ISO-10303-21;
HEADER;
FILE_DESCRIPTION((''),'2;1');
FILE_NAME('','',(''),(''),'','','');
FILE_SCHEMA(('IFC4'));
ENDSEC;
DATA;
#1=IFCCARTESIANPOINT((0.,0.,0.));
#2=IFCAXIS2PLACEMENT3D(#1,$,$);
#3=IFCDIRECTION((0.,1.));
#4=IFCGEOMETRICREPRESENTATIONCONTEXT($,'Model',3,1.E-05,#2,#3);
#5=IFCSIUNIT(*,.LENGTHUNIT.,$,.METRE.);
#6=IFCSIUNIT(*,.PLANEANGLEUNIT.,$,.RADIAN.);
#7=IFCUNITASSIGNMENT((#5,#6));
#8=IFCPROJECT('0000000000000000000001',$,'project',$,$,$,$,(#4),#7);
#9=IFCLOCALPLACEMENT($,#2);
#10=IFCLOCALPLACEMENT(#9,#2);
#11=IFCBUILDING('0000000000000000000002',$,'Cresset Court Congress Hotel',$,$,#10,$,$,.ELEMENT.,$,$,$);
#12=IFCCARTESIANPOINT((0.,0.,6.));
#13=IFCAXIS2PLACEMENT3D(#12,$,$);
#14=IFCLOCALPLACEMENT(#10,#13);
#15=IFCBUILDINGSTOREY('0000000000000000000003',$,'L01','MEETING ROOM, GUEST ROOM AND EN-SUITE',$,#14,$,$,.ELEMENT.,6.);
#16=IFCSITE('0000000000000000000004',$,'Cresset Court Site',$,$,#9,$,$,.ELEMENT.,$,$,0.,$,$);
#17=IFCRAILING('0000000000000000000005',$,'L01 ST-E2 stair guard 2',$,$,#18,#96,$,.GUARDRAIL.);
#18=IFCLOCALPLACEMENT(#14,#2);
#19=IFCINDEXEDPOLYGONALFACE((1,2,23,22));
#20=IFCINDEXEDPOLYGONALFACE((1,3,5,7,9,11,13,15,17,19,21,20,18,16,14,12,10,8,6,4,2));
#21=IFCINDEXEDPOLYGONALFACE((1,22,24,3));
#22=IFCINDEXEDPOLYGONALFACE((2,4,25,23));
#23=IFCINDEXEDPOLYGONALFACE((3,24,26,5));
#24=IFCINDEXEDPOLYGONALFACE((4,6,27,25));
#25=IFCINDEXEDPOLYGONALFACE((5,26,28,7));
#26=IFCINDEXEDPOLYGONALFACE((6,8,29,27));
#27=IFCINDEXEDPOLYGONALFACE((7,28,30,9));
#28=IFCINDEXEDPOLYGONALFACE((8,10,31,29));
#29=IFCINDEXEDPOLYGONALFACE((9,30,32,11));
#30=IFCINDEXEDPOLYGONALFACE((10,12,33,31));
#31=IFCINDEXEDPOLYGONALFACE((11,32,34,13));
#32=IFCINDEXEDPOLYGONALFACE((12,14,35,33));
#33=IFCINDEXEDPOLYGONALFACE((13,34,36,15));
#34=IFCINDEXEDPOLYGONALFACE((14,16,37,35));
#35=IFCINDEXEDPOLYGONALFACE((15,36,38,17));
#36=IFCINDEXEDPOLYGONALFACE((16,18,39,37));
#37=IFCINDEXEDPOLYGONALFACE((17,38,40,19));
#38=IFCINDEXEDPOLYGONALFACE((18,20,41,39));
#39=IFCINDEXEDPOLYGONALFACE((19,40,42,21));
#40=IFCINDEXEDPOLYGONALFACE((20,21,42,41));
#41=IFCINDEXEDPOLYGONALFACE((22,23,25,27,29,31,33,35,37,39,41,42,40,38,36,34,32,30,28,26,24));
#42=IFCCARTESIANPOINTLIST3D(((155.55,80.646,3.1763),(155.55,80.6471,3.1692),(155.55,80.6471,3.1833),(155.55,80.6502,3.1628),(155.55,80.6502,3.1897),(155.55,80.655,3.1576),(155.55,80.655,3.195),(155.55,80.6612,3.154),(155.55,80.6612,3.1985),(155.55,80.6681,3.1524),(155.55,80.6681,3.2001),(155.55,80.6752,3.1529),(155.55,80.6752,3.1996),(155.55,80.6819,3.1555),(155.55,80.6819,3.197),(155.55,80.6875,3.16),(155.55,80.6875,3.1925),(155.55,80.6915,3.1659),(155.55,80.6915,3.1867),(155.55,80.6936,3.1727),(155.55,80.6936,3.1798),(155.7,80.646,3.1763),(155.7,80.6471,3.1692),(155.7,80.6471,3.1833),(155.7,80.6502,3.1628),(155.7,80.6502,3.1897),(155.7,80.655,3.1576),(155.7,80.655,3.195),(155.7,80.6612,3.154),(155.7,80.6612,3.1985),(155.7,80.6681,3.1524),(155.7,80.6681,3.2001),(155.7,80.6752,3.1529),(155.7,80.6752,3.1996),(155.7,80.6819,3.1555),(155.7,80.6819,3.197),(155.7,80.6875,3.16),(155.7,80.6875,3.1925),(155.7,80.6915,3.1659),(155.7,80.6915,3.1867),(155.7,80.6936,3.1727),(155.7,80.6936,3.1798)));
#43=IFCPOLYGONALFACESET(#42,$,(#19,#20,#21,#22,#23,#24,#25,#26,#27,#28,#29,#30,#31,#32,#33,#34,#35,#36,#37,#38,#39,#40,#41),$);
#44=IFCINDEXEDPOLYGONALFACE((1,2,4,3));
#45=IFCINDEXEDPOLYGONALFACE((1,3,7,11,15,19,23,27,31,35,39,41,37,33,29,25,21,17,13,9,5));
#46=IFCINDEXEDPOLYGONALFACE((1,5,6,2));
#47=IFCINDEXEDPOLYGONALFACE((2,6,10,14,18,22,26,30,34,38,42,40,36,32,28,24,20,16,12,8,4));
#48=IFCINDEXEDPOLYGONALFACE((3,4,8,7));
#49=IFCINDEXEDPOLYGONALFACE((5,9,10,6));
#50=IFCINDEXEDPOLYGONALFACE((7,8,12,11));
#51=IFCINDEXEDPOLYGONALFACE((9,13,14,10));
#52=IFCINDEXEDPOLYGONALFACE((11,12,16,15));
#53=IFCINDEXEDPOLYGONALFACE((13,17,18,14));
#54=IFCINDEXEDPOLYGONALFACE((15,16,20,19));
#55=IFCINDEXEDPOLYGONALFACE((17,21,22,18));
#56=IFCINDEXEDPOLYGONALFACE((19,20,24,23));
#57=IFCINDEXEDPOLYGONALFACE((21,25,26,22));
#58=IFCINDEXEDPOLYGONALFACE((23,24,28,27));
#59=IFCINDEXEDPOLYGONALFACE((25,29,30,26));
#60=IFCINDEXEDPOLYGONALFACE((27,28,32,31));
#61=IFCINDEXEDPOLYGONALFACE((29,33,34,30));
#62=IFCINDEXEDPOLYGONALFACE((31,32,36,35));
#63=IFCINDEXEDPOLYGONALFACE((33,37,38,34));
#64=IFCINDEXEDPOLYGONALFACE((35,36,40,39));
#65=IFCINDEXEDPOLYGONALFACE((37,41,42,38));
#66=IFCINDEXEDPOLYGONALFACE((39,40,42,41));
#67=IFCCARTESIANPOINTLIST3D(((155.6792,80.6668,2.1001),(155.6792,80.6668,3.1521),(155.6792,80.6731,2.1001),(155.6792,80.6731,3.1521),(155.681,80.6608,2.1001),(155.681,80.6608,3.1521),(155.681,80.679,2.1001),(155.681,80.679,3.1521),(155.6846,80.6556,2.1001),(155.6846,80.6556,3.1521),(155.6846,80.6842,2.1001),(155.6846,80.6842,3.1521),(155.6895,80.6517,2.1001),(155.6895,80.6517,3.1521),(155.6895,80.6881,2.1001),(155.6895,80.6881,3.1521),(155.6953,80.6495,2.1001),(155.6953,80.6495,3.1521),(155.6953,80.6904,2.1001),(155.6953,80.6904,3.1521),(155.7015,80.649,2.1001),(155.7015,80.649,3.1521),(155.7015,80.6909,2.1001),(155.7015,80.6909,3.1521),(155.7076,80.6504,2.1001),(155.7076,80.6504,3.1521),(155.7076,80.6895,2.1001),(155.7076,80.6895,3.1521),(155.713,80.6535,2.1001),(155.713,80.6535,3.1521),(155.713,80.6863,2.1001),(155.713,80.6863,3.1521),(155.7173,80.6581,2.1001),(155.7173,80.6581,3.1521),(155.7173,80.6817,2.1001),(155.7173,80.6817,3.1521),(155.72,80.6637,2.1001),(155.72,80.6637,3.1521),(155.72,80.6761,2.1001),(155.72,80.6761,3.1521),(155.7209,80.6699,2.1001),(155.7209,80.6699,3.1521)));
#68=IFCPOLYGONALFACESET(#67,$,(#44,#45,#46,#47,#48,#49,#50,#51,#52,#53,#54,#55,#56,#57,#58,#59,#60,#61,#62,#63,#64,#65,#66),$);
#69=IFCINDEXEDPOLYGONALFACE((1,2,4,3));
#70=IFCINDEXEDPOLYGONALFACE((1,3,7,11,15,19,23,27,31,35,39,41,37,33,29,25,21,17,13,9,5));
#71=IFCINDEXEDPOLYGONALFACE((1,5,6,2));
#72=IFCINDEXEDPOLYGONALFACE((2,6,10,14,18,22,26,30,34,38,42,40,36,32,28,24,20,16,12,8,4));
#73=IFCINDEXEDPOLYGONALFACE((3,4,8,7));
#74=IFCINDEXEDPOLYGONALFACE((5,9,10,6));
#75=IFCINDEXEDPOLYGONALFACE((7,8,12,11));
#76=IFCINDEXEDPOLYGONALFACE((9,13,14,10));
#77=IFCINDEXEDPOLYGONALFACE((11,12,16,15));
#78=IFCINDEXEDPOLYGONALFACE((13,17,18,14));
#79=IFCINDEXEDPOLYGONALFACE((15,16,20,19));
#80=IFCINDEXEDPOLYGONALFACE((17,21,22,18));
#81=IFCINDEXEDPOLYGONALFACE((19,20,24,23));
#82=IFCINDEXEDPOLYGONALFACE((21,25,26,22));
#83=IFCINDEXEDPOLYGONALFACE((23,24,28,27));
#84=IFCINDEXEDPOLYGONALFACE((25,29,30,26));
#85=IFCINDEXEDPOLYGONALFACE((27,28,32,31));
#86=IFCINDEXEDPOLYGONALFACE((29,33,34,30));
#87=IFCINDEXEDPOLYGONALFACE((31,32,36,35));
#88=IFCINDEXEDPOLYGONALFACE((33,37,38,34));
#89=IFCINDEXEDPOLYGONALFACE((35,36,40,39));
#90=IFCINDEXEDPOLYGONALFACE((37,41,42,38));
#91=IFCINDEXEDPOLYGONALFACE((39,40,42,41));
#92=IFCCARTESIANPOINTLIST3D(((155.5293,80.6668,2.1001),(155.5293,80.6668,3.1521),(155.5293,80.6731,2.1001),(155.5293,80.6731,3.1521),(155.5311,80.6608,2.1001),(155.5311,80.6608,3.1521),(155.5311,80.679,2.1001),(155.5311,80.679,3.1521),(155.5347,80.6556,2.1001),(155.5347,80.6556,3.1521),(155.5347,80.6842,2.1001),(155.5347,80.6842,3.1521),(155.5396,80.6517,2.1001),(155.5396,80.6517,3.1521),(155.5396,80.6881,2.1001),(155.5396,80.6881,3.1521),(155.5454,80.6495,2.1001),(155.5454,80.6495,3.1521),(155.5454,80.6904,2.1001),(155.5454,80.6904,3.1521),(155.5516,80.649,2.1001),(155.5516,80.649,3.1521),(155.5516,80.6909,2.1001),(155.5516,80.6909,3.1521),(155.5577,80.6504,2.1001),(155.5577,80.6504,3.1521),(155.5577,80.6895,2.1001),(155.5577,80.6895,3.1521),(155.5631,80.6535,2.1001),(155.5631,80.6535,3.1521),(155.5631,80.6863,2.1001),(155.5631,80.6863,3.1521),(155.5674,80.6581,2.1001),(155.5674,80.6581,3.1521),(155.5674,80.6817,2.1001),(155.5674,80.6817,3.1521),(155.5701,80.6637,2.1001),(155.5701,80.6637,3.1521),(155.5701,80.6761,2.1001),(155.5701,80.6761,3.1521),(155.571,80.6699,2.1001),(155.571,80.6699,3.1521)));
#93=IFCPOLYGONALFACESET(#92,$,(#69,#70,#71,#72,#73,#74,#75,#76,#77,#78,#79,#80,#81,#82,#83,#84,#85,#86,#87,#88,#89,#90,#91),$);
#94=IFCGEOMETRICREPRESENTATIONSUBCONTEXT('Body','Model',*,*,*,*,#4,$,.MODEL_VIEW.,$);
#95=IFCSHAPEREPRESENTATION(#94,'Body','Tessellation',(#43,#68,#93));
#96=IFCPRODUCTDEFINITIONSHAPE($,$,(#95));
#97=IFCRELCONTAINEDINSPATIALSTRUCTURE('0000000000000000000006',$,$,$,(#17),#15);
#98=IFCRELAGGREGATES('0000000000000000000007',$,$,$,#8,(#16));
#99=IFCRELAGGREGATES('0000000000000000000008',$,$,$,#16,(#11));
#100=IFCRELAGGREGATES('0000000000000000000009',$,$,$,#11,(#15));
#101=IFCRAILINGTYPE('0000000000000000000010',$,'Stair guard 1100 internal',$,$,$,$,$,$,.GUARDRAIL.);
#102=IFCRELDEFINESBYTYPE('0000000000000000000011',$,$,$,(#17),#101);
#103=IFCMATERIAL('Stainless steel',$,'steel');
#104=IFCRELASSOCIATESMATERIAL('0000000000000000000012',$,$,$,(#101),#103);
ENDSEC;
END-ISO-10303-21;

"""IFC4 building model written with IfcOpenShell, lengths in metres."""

from ifc_helpers import new_model, si_unit, direction, frame, origin, origin_2d, place, context, subcontext, project, spatial, circle, extrude, material, type_object, element, save


model = new_model("IFC4")

# Units and contexts
model_context = context("Model", 3, precision=1e-05, world=origin(), true_north=direction((0.0, 1.0)))
body_context = subcontext(model_context, "Body", "Model", "MODEL_VIEW")
ifc_project = project(units=[si_unit("LENGTHUNIT", "METRE"), si_unit("PLANEANGLEUNIT", "RADIAN")], contexts=[model_context])

# Site, building, storey
site_placement = place(None, origin())
site = spatial("IfcSite", under=ifc_project, at=site_placement, Name="Cresset Court Site", CompositionType="ELEMENT", RefElevation=0.0)
building_placement = place(site_placement, origin())
building = spatial("IfcBuilding", under=site, at=building_placement, Name="Cresset Court Congress Hotel", CompositionType="ELEMENT")
storey_placement = place(building_placement, frame((0.0, 0.0, 6.0)))
storey = spatial("IfcBuildingStorey", under=building, at=storey_placement, Name="L01", Description="MEETING ROOM, GUEST ROOM AND EN-SUITE", CompositionType="ELEMENT", Elevation=6.0)

# Railing
ifc_material_1 = material(Name="Stainless steel", Category="steel")
railing_type_1 = type_object("IfcRailingType", Name="Stair guard 1100 internal", PredefinedType="GUARDRAIL", material=ifc_material_1)
railing_1_placement = place(storey_placement, frame((155.7, 80.6699, 2.1001)))
element("IfcRailing", 1, at=railing_1_placement, inside=storey, type_object=railing_type_1, Name="L01 ST-E2 stair guard 2", PredefinedType="GUARDRAIL", context=body_context, shape_type="SweptSolid", body=[
    extrude(circle(Radius=0.0239, at=origin_2d()), frame((0.0, 0.0, 1.0762), z_axis=(-1.0, 0.0, 0.0), x_axis=(0.0, -1.0, 0.0)), (0.0, 0.0, 1.0), 0.1499),
    extrude(circle(Radius=0.021, at=origin_2d()), origin(), (0.0, 0.0, 1.0), 1.052),
    extrude(circle(Radius=0.021, at=origin_2d()), frame((-0.1499, 0.0, 0.0)), (0.0, 0.0, 1.0), 1.052),
])

save(model, "model.ifc")
